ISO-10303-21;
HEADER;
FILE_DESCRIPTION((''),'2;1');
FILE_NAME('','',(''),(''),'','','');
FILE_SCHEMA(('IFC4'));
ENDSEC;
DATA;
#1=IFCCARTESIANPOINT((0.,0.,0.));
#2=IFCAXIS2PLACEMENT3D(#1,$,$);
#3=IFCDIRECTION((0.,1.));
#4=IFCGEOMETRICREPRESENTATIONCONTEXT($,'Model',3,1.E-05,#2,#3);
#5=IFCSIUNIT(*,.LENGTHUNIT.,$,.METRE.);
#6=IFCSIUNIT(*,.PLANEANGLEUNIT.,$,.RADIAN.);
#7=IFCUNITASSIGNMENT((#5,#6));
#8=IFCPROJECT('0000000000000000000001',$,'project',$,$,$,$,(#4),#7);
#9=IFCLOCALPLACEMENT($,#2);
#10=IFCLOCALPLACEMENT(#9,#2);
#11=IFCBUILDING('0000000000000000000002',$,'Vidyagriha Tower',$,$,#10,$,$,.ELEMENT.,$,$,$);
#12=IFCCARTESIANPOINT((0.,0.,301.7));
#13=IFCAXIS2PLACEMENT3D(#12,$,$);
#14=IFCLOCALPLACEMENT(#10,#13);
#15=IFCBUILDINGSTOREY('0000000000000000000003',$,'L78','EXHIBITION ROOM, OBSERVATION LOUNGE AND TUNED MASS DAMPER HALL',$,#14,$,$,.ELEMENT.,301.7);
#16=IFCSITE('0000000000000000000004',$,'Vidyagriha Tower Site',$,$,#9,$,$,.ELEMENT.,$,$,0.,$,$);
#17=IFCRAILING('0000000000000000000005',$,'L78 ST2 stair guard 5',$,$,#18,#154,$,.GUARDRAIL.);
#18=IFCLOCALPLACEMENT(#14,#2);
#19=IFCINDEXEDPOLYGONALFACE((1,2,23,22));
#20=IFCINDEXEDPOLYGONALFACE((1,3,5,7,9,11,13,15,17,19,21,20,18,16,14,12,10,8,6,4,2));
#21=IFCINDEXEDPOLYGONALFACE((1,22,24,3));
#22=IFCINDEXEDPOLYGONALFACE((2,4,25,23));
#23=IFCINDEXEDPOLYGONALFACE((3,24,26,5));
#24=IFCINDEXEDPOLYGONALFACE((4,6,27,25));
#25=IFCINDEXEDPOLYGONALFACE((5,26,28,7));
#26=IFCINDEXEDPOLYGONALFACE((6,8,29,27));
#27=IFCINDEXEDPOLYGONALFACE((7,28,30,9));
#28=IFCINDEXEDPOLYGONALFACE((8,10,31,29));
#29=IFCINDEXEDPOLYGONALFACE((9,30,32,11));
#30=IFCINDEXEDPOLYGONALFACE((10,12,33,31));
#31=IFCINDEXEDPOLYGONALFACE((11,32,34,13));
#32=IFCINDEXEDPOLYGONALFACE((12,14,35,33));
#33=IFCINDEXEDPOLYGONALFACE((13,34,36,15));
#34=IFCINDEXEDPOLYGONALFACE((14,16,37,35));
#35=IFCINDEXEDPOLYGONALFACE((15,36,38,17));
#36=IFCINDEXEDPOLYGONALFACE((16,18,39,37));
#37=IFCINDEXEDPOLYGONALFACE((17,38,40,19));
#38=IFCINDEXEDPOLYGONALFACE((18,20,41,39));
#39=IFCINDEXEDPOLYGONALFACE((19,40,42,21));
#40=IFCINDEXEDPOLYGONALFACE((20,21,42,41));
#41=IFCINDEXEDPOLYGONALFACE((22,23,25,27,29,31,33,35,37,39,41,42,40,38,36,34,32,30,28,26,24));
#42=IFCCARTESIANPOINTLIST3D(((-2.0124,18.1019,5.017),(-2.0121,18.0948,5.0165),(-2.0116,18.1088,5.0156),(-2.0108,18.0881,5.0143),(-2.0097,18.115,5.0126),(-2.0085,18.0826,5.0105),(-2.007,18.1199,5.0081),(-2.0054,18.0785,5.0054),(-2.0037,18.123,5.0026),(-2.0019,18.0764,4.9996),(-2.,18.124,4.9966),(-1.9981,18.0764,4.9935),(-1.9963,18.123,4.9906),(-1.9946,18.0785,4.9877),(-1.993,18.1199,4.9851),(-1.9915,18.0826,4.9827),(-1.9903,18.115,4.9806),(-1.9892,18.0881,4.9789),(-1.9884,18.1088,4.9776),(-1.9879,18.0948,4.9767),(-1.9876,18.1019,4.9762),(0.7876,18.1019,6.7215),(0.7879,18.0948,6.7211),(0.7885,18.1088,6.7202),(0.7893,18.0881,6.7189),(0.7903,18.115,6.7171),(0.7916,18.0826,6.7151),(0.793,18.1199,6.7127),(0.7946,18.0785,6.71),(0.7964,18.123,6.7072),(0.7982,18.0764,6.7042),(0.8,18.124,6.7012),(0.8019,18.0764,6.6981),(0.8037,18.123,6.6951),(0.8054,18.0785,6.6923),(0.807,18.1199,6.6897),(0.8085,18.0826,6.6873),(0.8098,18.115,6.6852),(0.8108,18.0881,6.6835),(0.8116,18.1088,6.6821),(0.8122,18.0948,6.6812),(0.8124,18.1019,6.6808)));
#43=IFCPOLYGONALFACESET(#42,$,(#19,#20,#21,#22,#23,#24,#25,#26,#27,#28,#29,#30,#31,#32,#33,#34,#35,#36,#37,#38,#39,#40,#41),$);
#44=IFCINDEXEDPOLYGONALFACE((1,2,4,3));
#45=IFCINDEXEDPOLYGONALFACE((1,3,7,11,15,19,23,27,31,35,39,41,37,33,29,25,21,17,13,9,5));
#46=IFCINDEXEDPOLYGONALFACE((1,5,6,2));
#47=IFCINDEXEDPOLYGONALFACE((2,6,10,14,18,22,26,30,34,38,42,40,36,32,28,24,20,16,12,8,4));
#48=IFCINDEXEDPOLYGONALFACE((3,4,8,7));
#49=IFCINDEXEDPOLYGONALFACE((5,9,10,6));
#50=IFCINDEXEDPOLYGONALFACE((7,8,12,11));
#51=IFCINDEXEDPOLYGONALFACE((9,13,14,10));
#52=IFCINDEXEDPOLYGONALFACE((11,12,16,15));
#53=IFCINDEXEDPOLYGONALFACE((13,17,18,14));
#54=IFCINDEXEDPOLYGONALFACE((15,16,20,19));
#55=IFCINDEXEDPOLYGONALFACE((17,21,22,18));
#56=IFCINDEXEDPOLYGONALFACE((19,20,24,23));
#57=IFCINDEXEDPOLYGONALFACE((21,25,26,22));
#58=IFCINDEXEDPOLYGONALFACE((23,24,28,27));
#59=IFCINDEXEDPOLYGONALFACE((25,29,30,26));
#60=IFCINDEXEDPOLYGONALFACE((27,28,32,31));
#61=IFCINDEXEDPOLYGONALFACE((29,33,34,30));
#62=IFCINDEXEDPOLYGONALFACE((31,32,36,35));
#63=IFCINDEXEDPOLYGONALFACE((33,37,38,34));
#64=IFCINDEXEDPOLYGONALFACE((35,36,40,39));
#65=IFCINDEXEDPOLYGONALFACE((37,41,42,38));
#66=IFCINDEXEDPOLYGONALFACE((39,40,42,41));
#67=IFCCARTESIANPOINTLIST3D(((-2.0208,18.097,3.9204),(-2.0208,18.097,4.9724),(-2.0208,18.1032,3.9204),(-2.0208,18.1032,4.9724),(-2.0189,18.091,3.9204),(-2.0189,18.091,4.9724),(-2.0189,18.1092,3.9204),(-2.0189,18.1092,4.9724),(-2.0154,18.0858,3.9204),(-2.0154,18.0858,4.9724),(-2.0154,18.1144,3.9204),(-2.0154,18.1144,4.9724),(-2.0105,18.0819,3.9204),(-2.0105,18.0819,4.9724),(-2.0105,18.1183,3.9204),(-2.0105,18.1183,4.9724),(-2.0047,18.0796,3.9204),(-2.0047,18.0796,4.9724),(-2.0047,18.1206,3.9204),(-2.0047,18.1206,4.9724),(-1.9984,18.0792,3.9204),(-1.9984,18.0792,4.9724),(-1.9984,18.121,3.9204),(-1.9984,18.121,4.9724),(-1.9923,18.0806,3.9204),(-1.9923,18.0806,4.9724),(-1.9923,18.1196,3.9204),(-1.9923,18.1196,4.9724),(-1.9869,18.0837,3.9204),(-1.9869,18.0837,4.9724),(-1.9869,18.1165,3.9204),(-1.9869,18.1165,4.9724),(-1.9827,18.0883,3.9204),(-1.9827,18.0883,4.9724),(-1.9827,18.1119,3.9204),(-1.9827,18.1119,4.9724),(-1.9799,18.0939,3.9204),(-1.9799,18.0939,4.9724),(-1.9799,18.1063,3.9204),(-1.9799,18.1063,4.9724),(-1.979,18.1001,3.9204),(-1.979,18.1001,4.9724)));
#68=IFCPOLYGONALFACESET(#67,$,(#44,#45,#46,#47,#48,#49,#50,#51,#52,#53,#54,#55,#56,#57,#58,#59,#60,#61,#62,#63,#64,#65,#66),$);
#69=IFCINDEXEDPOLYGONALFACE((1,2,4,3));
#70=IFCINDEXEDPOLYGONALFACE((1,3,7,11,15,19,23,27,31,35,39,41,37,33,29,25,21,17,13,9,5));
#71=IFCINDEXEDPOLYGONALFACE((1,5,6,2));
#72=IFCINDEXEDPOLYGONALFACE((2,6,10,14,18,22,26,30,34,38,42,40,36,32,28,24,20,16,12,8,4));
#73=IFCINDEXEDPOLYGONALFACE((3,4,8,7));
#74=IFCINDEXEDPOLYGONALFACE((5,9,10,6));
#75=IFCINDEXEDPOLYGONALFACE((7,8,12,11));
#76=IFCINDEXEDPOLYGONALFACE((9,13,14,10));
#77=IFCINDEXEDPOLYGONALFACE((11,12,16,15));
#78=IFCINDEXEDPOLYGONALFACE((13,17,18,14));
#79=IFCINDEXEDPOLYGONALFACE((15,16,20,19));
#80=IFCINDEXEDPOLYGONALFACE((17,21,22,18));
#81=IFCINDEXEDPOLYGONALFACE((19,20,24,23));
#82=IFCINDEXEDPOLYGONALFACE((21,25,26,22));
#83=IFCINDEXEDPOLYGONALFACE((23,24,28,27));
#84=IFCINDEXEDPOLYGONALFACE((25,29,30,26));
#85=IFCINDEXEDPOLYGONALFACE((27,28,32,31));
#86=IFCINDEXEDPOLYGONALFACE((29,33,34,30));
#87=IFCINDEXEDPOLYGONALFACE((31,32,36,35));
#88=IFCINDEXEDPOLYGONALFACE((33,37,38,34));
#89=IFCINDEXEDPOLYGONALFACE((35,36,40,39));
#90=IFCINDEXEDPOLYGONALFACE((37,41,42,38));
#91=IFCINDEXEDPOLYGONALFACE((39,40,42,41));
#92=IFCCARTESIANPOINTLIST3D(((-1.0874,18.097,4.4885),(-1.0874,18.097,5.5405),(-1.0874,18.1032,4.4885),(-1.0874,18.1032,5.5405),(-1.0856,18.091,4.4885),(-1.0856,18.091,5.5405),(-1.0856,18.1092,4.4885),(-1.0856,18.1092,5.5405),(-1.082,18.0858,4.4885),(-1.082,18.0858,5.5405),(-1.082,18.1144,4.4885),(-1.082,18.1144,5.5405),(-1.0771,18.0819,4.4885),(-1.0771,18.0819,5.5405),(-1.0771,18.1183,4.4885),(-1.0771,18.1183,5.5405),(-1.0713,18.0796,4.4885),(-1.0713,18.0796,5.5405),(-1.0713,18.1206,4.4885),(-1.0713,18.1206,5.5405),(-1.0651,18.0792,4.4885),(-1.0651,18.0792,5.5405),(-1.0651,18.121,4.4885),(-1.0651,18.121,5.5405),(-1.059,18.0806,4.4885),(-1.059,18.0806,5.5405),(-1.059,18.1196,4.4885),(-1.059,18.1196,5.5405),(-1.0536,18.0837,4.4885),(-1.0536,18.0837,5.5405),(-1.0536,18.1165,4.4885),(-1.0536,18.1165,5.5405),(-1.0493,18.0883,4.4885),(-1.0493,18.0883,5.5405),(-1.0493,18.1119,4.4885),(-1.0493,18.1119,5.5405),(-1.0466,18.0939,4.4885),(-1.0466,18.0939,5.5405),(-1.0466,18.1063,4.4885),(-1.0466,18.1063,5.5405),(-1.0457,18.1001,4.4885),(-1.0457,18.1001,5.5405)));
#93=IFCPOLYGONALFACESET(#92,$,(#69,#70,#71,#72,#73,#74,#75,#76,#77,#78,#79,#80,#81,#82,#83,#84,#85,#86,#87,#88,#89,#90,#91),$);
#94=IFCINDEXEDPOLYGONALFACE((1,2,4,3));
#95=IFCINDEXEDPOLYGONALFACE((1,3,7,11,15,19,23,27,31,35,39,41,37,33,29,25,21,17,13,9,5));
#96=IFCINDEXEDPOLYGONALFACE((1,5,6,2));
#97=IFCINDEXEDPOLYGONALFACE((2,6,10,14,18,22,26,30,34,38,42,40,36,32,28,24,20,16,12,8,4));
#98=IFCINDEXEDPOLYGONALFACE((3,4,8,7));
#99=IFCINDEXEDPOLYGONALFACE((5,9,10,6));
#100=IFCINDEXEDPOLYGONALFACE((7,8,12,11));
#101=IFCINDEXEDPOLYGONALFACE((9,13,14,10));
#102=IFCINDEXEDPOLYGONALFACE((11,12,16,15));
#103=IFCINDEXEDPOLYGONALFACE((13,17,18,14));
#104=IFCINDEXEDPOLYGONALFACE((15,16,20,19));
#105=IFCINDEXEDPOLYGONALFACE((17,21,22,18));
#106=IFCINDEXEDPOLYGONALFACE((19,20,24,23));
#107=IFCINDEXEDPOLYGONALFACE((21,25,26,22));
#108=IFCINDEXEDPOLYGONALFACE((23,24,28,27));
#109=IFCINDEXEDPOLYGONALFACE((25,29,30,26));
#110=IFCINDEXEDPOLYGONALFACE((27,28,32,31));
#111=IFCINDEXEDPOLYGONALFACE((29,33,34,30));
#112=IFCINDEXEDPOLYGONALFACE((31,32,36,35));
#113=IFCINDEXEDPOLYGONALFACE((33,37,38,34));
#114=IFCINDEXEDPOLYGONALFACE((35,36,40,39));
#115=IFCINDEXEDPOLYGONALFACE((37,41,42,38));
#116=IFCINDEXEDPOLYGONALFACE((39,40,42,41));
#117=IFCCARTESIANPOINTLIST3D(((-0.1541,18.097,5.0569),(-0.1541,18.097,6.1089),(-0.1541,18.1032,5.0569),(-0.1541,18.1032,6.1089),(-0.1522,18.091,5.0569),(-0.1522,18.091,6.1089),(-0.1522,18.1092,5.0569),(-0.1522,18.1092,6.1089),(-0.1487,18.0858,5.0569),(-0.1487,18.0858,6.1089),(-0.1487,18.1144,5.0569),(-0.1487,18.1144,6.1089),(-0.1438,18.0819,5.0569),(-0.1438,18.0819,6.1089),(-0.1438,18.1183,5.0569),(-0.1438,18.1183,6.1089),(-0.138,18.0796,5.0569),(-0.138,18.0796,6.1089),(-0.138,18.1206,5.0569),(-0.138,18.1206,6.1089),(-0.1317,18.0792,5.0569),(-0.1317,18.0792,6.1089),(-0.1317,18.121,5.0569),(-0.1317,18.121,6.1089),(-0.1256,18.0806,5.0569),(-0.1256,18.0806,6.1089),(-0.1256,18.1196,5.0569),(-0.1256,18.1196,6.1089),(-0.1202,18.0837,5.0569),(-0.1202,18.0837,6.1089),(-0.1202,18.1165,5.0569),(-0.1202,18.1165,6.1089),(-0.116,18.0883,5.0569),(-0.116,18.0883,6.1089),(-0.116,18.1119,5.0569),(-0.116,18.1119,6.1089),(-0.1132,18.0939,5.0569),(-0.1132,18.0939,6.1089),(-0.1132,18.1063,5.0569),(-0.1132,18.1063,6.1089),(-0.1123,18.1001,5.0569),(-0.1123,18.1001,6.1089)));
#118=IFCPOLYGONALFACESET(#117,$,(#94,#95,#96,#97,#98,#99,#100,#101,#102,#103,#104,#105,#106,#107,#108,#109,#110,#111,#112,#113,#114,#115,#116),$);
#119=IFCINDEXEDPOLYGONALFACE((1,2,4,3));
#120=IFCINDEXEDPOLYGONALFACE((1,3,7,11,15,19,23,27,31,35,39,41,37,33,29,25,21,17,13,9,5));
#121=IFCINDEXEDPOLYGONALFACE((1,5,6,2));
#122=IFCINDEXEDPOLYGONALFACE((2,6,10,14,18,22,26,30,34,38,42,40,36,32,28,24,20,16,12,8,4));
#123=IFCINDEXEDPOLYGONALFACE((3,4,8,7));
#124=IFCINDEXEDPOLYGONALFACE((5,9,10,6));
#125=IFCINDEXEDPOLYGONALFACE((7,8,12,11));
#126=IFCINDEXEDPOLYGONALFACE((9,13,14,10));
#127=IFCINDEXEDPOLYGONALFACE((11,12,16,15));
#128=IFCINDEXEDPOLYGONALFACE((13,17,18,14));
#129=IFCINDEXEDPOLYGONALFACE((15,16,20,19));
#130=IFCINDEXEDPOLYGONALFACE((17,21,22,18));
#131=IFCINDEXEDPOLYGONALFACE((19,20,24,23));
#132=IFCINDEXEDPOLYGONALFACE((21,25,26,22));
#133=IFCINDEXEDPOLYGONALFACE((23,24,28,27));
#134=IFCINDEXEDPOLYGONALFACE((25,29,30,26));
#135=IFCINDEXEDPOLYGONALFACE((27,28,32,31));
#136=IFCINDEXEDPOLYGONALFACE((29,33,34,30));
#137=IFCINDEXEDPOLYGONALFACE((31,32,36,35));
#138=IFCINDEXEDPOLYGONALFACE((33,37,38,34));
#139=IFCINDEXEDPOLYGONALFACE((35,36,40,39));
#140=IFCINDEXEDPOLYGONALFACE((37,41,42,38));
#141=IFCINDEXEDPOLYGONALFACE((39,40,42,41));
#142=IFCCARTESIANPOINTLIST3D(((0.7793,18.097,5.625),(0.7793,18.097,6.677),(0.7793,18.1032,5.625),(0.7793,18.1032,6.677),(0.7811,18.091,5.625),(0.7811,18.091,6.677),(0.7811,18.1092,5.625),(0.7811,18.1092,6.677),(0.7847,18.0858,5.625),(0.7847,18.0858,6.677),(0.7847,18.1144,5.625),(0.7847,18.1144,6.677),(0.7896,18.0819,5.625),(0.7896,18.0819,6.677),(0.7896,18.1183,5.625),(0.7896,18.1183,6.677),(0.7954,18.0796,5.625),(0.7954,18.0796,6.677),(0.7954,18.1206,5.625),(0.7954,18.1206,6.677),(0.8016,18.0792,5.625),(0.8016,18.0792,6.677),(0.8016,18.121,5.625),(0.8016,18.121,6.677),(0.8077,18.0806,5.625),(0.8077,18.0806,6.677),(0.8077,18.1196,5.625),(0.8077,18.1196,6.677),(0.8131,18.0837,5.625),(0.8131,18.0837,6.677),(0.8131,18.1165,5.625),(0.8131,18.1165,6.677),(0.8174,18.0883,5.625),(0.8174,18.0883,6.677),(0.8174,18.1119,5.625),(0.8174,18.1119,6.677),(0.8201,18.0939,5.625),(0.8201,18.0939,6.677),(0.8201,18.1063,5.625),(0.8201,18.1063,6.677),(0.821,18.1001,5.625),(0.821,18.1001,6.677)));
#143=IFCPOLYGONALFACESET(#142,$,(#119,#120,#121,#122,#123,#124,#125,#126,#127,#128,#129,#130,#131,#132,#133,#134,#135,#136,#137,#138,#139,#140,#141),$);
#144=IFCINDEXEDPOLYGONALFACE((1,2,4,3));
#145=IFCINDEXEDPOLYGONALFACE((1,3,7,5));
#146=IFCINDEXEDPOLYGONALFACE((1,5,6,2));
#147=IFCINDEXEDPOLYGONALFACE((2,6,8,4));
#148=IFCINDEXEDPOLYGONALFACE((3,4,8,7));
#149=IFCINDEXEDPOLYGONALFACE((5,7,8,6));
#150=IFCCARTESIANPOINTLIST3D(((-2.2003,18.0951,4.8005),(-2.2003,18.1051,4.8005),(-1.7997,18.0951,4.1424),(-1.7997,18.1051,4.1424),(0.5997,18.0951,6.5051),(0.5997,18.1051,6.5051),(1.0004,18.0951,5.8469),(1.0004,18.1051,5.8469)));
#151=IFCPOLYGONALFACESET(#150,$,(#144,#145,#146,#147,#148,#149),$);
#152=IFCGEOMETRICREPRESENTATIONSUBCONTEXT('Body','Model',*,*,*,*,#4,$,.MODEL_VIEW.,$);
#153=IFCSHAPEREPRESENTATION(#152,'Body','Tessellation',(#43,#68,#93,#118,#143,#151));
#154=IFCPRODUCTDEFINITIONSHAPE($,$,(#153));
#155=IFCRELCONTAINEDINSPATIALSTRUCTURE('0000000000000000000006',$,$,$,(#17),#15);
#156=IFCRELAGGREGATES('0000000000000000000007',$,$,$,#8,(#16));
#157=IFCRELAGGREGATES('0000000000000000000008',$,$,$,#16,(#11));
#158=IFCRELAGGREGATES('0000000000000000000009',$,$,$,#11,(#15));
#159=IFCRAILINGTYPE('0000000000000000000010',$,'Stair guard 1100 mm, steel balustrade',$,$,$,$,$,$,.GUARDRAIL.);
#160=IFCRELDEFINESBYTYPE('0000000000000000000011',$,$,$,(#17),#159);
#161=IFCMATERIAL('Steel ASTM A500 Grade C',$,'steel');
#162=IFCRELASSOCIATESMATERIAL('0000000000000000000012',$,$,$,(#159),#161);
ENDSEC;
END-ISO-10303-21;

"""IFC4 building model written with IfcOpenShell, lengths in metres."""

from ifc_helpers import new_model, si_unit, direction, frame, origin, origin_2d, place, context, subcontext, project, spatial, rectangle, circle, extrude, material, type_object, element, save


model = new_model("IFC4")

# Units and contexts
model_context = context("Model", 3, precision=1e-05, world=origin(), true_north=direction((0.0, 1.0)))
body_context = subcontext(model_context, "Body", "Model", "MODEL_VIEW")
ifc_project = project(units=[si_unit("LENGTHUNIT", "METRE"), si_unit("PLANEANGLEUNIT", "RADIAN")], contexts=[model_context])

# Site, building, storey
site_placement = place(None, origin())
site = spatial("IfcSite", under=ifc_project, at=site_placement, Name="Vidyagriha Tower Site", CompositionType="ELEMENT", RefElevation=0.0)
building_placement = place(site_placement, origin())
building = spatial("IfcBuilding", under=site, at=building_placement, Name="Vidyagriha Tower", CompositionType="ELEMENT")
storey_placement = place(building_placement, frame((0.0, 0.0, 301.7)))
storey = spatial("IfcBuildingStorey", under=building, at=storey_placement, Name="L78", Description="EXHIBITION ROOM, OBSERVATION LOUNGE AND TUNED MASS DAMPER HALL", CompositionType="ELEMENT", Elevation=301.7)

# Railing
ifc_material_1 = material(Name="Steel ASTM A500 Grade C", Category="steel")
railing_type_1 = type_object("IfcRailingType", Name="Stair guard 1100 mm, steel balustrade", PredefinedType="GUARDRAIL", material=ifc_material_1)
for number, where, name in (
    (1, (-2.0, 18.1001, 3.9204), "L78 ST2 stair guard 5"),
):
    element("IfcRailing", number, at=place(storey_placement, frame(where)), inside=storey, type_object=railing_type_1, Name=name, PredefinedType="GUARDRAIL", context=body_context, shape_type="SweptSolid", body=[
        extrude(circle(Radius=0.0239, at=origin_2d()), frame((0.0, 0.0, 1.0762), z_axis=(0.85417, 0.0, 0.519994), x_axis=(0.0, 1.0, 0.0)), (0.0, 0.0, 1.0), 3.2781),
        extrude(circle(Radius=0.021, at=origin_2d()), origin(), (0.0, 0.0, 1.0), 1.052),
        extrude(circle(Radius=0.021, at=origin_2d()), frame((0.9333, 0.0, 0.5681)), (0.0, 0.0, 1.0), 1.052),
        extrude(circle(Radius=0.021, at=origin_2d()), frame((1.8667, 0.0, 1.1365)), (0.0, 0.0, 1.0), 1.052),
        extrude(circle(Radius=0.021, at=origin_2d()), frame((2.8, 0.0, 1.7046)), (0.0, 0.0, 1.0), 1.052),
        extrude(rectangle(XDim=0.01, YDim=0.7705, at=origin_2d()), frame((0.0, 0.0, 0.551), z_axis=(0.85417, 0.0, 0.519994), x_axis=(0.0, 1.0, 0.0)), (0.0, 0.0, 1.0), 3.2781),
    ])

save(model, "model.ifc")
